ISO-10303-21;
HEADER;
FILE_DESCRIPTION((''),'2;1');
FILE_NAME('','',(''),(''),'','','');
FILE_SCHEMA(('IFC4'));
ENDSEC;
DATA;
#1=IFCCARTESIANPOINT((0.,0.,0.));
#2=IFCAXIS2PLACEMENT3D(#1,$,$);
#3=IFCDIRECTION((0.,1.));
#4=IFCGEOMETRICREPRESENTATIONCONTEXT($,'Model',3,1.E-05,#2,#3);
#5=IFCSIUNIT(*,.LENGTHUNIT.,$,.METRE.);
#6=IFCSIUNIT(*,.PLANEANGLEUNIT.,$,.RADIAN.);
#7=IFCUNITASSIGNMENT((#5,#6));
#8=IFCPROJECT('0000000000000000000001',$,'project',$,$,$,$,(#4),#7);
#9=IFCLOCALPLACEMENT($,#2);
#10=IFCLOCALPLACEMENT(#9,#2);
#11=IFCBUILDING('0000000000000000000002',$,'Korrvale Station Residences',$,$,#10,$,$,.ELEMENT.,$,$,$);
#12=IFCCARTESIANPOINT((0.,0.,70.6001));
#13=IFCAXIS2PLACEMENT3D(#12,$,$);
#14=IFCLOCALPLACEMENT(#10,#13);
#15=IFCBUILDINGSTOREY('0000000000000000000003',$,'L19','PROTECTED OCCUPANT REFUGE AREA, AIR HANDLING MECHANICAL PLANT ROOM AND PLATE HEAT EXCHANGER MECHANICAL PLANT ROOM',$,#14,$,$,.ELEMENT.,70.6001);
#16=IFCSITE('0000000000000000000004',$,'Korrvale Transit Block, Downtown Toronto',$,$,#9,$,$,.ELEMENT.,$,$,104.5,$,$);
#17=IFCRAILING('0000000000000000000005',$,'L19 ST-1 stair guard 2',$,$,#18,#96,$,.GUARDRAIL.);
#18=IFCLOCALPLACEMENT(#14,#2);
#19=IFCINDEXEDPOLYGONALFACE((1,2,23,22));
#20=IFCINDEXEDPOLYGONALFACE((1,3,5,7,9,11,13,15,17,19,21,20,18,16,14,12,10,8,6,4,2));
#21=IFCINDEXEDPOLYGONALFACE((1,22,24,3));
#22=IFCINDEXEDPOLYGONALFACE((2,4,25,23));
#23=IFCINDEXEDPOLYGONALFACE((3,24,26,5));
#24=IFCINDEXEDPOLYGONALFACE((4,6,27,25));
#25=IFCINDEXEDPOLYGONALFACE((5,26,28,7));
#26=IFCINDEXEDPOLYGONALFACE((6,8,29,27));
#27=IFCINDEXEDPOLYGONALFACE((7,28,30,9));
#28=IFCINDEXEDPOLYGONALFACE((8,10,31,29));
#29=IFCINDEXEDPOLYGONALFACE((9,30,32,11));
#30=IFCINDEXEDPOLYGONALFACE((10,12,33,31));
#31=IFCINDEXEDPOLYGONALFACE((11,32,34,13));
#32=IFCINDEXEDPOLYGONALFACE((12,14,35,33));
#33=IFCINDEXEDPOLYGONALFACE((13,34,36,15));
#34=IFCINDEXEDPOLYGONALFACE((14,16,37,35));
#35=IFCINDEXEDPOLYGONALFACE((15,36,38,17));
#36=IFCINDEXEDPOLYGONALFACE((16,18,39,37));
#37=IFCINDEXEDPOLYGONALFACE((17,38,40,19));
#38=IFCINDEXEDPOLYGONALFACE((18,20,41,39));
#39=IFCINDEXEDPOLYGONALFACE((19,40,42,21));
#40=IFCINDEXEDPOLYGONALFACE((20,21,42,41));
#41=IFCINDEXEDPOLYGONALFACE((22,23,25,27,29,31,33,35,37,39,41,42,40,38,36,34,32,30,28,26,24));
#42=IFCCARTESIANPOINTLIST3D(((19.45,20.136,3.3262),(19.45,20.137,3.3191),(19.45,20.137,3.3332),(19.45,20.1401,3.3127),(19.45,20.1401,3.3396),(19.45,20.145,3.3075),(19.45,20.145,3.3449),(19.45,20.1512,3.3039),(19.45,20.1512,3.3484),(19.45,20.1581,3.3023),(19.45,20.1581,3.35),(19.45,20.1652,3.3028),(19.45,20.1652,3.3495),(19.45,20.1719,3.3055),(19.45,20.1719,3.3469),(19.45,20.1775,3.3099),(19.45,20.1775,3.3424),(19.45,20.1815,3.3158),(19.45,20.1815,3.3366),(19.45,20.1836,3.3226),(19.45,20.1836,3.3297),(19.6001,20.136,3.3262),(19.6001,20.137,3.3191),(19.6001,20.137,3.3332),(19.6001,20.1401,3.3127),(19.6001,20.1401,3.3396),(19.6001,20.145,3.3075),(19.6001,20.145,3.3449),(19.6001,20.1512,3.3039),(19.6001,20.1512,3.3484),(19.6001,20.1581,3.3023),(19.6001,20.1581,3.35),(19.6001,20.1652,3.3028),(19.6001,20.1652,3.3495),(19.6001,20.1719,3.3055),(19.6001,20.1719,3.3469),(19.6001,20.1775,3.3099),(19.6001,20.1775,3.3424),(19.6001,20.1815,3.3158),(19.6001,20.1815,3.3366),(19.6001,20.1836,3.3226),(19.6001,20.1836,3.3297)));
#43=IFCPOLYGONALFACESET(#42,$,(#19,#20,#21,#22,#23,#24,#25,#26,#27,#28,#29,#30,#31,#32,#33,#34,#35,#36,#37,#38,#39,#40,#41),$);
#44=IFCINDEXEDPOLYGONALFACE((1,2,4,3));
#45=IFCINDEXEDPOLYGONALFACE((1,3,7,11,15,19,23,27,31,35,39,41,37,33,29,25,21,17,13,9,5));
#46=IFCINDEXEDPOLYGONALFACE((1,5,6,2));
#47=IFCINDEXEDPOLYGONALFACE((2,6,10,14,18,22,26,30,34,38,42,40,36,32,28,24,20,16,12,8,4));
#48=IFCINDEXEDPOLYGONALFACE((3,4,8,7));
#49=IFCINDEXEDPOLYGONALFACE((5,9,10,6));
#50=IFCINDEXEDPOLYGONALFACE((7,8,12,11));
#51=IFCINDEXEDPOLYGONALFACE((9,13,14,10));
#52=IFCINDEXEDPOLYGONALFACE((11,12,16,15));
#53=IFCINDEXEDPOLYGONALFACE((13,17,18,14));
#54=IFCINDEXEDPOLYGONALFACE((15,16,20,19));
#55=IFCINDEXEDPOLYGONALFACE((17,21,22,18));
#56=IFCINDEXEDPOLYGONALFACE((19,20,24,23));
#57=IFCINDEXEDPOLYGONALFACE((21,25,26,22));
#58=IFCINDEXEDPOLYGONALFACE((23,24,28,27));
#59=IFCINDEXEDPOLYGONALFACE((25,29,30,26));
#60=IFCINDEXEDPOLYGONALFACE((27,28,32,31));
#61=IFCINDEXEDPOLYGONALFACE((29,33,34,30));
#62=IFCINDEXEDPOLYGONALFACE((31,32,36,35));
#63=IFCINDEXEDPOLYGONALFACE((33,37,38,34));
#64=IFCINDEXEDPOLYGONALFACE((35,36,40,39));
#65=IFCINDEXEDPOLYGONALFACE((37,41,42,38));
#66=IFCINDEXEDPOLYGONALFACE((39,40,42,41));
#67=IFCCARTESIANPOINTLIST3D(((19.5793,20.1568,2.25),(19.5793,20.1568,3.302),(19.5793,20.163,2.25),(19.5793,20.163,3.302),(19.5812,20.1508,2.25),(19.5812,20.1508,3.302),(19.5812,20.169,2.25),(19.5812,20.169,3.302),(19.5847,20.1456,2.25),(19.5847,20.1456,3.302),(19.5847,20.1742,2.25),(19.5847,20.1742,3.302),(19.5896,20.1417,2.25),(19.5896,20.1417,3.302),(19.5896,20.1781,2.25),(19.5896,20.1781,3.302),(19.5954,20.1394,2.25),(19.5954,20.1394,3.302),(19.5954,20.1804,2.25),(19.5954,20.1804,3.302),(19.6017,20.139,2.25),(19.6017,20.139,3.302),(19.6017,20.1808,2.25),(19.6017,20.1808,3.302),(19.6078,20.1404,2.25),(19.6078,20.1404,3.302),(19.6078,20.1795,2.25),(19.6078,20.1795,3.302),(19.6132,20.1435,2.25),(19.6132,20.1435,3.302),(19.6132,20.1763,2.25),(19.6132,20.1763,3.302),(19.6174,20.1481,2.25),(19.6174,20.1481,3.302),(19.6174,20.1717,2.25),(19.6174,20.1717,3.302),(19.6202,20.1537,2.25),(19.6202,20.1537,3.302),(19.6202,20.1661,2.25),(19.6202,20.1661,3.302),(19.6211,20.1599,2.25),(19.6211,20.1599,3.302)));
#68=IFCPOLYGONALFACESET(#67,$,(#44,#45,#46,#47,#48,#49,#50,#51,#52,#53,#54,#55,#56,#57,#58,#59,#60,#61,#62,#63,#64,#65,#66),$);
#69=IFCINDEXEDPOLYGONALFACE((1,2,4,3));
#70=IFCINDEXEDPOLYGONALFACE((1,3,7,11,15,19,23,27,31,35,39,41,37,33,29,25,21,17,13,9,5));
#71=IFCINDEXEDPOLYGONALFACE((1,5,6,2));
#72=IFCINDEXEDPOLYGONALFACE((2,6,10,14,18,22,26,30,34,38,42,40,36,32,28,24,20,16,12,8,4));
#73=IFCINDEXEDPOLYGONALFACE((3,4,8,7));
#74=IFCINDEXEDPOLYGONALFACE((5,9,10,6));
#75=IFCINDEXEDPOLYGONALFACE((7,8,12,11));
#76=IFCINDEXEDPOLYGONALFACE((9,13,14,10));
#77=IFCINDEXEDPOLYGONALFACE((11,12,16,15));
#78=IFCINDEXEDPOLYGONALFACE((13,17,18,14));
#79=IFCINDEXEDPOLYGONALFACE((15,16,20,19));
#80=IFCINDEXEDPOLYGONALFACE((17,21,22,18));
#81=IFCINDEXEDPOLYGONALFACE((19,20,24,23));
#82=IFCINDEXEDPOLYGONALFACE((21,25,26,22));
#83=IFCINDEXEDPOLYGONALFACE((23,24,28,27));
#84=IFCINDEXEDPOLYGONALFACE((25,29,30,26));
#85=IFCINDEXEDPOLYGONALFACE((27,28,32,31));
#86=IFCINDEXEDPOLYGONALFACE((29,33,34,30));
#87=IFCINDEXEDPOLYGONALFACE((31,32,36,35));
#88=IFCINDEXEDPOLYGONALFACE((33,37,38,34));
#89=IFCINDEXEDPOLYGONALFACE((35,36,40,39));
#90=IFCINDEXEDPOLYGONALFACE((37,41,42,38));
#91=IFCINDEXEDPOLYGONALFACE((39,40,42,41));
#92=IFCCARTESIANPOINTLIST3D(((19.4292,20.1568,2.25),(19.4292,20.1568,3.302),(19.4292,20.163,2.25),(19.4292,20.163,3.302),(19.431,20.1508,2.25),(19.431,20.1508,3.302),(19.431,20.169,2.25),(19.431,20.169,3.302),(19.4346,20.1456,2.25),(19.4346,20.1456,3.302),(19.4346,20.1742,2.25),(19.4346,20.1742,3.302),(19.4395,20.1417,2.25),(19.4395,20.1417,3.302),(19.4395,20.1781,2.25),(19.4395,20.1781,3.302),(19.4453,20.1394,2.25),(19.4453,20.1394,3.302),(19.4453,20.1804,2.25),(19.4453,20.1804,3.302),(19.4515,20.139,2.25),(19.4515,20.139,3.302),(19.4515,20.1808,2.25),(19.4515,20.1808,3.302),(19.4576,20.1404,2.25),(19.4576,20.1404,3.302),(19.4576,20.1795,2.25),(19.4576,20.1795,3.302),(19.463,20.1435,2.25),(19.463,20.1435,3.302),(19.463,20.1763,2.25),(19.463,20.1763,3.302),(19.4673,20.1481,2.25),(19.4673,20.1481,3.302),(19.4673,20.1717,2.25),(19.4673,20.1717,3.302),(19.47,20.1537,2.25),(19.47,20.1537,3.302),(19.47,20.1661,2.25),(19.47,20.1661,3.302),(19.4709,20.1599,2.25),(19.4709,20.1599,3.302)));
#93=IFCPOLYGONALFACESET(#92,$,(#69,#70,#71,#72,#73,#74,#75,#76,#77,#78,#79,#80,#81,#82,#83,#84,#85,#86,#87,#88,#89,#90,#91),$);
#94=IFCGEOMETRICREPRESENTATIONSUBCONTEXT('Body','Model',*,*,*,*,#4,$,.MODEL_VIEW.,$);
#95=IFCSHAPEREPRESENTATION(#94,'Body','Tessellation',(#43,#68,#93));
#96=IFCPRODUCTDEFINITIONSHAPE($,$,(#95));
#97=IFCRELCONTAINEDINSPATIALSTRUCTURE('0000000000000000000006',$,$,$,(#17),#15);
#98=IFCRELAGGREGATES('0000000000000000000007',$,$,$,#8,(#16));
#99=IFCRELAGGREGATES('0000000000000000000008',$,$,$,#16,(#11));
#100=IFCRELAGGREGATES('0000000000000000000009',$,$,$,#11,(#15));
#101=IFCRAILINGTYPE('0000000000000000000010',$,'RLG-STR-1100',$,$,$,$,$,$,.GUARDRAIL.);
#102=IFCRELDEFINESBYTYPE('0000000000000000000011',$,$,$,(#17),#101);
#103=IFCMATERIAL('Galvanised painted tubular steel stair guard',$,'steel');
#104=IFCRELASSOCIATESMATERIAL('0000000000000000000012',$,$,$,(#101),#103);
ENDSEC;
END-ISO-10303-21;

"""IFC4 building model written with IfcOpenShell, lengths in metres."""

from ifc_helpers import new_model, si_unit, direction, frame, origin, origin_2d, place, context, subcontext, project, spatial, circle, extrude, material, type_object, element, save


model = new_model("IFC4")

# Units and contexts
model_context = context("Model", 3, precision=1e-05, world=origin(), true_north=direction((0.0, 1.0)))
body_context = subcontext(model_context, "Body", "Model", "MODEL_VIEW")
ifc_project = project(units=[si_unit("LENGTHUNIT", "METRE"), si_unit("PLANEANGLEUNIT", "RADIAN")], contexts=[model_context])

# Site, building, storey
site_placement = place(None, origin())
site = spatial("IfcSite", under=ifc_project, at=site_placement, Name="Korrvale Transit Block, Downtown Toronto", CompositionType="ELEMENT", RefElevation=104.5)
building_placement = place(site_placement, origin())
building = spatial("IfcBuilding", under=site, at=building_placement, Name="Korrvale Station Residences", CompositionType="ELEMENT")
storey_placement = place(building_placement, frame((0.0, 0.0, 70.6001)))
storey = spatial("IfcBuildingStorey", under=building, at=storey_placement, Name="L19", Description="PROTECTED OCCUPANT REFUGE AREA, AIR HANDLING MECHANICAL PLANT ROOM AND PLATE HEAT EXCHANGER MECHANICAL PLANT ROOM", CompositionType="ELEMENT", Elevation=70.6001)

# Railing
ifc_material_1 = material(Name="Galvanised painted tubular steel stair guard", Category="steel")
railing_type_1 = type_object("IfcRailingType", Name="RLG-STR-1100", PredefinedType="GUARDRAIL", material=ifc_material_1)
railing_1_placement = place(storey_placement, frame((19.6001, 20.1599, 2.25)))
element("IfcRailing", 1, at=railing_1_placement, inside=storey, type_object=railing_type_1, Name="L19 ST-1 stair guard 2", PredefinedType="GUARDRAIL", context=body_context, shape_type="SweptSolid", body=[
    extrude(circle(Radius=0.0239, at=origin_2d()), frame((0.0, 0.0, 1.0762), z_axis=(-1.0, 0.0, 0.0), x_axis=(0.0, -1.0, 0.0)), (0.0, 0.0, 1.0), 0.1501),
    extrude(circle(Radius=0.021, at=origin_2d()), origin(), (0.0, 0.0, 1.0), 1.052),
    extrude(circle(Radius=0.021, at=origin_2d()), frame((-0.1501, 0.0, 0.0)), (0.0, 0.0, 1.0), 1.052),
])

save(model, "model.ifc")
